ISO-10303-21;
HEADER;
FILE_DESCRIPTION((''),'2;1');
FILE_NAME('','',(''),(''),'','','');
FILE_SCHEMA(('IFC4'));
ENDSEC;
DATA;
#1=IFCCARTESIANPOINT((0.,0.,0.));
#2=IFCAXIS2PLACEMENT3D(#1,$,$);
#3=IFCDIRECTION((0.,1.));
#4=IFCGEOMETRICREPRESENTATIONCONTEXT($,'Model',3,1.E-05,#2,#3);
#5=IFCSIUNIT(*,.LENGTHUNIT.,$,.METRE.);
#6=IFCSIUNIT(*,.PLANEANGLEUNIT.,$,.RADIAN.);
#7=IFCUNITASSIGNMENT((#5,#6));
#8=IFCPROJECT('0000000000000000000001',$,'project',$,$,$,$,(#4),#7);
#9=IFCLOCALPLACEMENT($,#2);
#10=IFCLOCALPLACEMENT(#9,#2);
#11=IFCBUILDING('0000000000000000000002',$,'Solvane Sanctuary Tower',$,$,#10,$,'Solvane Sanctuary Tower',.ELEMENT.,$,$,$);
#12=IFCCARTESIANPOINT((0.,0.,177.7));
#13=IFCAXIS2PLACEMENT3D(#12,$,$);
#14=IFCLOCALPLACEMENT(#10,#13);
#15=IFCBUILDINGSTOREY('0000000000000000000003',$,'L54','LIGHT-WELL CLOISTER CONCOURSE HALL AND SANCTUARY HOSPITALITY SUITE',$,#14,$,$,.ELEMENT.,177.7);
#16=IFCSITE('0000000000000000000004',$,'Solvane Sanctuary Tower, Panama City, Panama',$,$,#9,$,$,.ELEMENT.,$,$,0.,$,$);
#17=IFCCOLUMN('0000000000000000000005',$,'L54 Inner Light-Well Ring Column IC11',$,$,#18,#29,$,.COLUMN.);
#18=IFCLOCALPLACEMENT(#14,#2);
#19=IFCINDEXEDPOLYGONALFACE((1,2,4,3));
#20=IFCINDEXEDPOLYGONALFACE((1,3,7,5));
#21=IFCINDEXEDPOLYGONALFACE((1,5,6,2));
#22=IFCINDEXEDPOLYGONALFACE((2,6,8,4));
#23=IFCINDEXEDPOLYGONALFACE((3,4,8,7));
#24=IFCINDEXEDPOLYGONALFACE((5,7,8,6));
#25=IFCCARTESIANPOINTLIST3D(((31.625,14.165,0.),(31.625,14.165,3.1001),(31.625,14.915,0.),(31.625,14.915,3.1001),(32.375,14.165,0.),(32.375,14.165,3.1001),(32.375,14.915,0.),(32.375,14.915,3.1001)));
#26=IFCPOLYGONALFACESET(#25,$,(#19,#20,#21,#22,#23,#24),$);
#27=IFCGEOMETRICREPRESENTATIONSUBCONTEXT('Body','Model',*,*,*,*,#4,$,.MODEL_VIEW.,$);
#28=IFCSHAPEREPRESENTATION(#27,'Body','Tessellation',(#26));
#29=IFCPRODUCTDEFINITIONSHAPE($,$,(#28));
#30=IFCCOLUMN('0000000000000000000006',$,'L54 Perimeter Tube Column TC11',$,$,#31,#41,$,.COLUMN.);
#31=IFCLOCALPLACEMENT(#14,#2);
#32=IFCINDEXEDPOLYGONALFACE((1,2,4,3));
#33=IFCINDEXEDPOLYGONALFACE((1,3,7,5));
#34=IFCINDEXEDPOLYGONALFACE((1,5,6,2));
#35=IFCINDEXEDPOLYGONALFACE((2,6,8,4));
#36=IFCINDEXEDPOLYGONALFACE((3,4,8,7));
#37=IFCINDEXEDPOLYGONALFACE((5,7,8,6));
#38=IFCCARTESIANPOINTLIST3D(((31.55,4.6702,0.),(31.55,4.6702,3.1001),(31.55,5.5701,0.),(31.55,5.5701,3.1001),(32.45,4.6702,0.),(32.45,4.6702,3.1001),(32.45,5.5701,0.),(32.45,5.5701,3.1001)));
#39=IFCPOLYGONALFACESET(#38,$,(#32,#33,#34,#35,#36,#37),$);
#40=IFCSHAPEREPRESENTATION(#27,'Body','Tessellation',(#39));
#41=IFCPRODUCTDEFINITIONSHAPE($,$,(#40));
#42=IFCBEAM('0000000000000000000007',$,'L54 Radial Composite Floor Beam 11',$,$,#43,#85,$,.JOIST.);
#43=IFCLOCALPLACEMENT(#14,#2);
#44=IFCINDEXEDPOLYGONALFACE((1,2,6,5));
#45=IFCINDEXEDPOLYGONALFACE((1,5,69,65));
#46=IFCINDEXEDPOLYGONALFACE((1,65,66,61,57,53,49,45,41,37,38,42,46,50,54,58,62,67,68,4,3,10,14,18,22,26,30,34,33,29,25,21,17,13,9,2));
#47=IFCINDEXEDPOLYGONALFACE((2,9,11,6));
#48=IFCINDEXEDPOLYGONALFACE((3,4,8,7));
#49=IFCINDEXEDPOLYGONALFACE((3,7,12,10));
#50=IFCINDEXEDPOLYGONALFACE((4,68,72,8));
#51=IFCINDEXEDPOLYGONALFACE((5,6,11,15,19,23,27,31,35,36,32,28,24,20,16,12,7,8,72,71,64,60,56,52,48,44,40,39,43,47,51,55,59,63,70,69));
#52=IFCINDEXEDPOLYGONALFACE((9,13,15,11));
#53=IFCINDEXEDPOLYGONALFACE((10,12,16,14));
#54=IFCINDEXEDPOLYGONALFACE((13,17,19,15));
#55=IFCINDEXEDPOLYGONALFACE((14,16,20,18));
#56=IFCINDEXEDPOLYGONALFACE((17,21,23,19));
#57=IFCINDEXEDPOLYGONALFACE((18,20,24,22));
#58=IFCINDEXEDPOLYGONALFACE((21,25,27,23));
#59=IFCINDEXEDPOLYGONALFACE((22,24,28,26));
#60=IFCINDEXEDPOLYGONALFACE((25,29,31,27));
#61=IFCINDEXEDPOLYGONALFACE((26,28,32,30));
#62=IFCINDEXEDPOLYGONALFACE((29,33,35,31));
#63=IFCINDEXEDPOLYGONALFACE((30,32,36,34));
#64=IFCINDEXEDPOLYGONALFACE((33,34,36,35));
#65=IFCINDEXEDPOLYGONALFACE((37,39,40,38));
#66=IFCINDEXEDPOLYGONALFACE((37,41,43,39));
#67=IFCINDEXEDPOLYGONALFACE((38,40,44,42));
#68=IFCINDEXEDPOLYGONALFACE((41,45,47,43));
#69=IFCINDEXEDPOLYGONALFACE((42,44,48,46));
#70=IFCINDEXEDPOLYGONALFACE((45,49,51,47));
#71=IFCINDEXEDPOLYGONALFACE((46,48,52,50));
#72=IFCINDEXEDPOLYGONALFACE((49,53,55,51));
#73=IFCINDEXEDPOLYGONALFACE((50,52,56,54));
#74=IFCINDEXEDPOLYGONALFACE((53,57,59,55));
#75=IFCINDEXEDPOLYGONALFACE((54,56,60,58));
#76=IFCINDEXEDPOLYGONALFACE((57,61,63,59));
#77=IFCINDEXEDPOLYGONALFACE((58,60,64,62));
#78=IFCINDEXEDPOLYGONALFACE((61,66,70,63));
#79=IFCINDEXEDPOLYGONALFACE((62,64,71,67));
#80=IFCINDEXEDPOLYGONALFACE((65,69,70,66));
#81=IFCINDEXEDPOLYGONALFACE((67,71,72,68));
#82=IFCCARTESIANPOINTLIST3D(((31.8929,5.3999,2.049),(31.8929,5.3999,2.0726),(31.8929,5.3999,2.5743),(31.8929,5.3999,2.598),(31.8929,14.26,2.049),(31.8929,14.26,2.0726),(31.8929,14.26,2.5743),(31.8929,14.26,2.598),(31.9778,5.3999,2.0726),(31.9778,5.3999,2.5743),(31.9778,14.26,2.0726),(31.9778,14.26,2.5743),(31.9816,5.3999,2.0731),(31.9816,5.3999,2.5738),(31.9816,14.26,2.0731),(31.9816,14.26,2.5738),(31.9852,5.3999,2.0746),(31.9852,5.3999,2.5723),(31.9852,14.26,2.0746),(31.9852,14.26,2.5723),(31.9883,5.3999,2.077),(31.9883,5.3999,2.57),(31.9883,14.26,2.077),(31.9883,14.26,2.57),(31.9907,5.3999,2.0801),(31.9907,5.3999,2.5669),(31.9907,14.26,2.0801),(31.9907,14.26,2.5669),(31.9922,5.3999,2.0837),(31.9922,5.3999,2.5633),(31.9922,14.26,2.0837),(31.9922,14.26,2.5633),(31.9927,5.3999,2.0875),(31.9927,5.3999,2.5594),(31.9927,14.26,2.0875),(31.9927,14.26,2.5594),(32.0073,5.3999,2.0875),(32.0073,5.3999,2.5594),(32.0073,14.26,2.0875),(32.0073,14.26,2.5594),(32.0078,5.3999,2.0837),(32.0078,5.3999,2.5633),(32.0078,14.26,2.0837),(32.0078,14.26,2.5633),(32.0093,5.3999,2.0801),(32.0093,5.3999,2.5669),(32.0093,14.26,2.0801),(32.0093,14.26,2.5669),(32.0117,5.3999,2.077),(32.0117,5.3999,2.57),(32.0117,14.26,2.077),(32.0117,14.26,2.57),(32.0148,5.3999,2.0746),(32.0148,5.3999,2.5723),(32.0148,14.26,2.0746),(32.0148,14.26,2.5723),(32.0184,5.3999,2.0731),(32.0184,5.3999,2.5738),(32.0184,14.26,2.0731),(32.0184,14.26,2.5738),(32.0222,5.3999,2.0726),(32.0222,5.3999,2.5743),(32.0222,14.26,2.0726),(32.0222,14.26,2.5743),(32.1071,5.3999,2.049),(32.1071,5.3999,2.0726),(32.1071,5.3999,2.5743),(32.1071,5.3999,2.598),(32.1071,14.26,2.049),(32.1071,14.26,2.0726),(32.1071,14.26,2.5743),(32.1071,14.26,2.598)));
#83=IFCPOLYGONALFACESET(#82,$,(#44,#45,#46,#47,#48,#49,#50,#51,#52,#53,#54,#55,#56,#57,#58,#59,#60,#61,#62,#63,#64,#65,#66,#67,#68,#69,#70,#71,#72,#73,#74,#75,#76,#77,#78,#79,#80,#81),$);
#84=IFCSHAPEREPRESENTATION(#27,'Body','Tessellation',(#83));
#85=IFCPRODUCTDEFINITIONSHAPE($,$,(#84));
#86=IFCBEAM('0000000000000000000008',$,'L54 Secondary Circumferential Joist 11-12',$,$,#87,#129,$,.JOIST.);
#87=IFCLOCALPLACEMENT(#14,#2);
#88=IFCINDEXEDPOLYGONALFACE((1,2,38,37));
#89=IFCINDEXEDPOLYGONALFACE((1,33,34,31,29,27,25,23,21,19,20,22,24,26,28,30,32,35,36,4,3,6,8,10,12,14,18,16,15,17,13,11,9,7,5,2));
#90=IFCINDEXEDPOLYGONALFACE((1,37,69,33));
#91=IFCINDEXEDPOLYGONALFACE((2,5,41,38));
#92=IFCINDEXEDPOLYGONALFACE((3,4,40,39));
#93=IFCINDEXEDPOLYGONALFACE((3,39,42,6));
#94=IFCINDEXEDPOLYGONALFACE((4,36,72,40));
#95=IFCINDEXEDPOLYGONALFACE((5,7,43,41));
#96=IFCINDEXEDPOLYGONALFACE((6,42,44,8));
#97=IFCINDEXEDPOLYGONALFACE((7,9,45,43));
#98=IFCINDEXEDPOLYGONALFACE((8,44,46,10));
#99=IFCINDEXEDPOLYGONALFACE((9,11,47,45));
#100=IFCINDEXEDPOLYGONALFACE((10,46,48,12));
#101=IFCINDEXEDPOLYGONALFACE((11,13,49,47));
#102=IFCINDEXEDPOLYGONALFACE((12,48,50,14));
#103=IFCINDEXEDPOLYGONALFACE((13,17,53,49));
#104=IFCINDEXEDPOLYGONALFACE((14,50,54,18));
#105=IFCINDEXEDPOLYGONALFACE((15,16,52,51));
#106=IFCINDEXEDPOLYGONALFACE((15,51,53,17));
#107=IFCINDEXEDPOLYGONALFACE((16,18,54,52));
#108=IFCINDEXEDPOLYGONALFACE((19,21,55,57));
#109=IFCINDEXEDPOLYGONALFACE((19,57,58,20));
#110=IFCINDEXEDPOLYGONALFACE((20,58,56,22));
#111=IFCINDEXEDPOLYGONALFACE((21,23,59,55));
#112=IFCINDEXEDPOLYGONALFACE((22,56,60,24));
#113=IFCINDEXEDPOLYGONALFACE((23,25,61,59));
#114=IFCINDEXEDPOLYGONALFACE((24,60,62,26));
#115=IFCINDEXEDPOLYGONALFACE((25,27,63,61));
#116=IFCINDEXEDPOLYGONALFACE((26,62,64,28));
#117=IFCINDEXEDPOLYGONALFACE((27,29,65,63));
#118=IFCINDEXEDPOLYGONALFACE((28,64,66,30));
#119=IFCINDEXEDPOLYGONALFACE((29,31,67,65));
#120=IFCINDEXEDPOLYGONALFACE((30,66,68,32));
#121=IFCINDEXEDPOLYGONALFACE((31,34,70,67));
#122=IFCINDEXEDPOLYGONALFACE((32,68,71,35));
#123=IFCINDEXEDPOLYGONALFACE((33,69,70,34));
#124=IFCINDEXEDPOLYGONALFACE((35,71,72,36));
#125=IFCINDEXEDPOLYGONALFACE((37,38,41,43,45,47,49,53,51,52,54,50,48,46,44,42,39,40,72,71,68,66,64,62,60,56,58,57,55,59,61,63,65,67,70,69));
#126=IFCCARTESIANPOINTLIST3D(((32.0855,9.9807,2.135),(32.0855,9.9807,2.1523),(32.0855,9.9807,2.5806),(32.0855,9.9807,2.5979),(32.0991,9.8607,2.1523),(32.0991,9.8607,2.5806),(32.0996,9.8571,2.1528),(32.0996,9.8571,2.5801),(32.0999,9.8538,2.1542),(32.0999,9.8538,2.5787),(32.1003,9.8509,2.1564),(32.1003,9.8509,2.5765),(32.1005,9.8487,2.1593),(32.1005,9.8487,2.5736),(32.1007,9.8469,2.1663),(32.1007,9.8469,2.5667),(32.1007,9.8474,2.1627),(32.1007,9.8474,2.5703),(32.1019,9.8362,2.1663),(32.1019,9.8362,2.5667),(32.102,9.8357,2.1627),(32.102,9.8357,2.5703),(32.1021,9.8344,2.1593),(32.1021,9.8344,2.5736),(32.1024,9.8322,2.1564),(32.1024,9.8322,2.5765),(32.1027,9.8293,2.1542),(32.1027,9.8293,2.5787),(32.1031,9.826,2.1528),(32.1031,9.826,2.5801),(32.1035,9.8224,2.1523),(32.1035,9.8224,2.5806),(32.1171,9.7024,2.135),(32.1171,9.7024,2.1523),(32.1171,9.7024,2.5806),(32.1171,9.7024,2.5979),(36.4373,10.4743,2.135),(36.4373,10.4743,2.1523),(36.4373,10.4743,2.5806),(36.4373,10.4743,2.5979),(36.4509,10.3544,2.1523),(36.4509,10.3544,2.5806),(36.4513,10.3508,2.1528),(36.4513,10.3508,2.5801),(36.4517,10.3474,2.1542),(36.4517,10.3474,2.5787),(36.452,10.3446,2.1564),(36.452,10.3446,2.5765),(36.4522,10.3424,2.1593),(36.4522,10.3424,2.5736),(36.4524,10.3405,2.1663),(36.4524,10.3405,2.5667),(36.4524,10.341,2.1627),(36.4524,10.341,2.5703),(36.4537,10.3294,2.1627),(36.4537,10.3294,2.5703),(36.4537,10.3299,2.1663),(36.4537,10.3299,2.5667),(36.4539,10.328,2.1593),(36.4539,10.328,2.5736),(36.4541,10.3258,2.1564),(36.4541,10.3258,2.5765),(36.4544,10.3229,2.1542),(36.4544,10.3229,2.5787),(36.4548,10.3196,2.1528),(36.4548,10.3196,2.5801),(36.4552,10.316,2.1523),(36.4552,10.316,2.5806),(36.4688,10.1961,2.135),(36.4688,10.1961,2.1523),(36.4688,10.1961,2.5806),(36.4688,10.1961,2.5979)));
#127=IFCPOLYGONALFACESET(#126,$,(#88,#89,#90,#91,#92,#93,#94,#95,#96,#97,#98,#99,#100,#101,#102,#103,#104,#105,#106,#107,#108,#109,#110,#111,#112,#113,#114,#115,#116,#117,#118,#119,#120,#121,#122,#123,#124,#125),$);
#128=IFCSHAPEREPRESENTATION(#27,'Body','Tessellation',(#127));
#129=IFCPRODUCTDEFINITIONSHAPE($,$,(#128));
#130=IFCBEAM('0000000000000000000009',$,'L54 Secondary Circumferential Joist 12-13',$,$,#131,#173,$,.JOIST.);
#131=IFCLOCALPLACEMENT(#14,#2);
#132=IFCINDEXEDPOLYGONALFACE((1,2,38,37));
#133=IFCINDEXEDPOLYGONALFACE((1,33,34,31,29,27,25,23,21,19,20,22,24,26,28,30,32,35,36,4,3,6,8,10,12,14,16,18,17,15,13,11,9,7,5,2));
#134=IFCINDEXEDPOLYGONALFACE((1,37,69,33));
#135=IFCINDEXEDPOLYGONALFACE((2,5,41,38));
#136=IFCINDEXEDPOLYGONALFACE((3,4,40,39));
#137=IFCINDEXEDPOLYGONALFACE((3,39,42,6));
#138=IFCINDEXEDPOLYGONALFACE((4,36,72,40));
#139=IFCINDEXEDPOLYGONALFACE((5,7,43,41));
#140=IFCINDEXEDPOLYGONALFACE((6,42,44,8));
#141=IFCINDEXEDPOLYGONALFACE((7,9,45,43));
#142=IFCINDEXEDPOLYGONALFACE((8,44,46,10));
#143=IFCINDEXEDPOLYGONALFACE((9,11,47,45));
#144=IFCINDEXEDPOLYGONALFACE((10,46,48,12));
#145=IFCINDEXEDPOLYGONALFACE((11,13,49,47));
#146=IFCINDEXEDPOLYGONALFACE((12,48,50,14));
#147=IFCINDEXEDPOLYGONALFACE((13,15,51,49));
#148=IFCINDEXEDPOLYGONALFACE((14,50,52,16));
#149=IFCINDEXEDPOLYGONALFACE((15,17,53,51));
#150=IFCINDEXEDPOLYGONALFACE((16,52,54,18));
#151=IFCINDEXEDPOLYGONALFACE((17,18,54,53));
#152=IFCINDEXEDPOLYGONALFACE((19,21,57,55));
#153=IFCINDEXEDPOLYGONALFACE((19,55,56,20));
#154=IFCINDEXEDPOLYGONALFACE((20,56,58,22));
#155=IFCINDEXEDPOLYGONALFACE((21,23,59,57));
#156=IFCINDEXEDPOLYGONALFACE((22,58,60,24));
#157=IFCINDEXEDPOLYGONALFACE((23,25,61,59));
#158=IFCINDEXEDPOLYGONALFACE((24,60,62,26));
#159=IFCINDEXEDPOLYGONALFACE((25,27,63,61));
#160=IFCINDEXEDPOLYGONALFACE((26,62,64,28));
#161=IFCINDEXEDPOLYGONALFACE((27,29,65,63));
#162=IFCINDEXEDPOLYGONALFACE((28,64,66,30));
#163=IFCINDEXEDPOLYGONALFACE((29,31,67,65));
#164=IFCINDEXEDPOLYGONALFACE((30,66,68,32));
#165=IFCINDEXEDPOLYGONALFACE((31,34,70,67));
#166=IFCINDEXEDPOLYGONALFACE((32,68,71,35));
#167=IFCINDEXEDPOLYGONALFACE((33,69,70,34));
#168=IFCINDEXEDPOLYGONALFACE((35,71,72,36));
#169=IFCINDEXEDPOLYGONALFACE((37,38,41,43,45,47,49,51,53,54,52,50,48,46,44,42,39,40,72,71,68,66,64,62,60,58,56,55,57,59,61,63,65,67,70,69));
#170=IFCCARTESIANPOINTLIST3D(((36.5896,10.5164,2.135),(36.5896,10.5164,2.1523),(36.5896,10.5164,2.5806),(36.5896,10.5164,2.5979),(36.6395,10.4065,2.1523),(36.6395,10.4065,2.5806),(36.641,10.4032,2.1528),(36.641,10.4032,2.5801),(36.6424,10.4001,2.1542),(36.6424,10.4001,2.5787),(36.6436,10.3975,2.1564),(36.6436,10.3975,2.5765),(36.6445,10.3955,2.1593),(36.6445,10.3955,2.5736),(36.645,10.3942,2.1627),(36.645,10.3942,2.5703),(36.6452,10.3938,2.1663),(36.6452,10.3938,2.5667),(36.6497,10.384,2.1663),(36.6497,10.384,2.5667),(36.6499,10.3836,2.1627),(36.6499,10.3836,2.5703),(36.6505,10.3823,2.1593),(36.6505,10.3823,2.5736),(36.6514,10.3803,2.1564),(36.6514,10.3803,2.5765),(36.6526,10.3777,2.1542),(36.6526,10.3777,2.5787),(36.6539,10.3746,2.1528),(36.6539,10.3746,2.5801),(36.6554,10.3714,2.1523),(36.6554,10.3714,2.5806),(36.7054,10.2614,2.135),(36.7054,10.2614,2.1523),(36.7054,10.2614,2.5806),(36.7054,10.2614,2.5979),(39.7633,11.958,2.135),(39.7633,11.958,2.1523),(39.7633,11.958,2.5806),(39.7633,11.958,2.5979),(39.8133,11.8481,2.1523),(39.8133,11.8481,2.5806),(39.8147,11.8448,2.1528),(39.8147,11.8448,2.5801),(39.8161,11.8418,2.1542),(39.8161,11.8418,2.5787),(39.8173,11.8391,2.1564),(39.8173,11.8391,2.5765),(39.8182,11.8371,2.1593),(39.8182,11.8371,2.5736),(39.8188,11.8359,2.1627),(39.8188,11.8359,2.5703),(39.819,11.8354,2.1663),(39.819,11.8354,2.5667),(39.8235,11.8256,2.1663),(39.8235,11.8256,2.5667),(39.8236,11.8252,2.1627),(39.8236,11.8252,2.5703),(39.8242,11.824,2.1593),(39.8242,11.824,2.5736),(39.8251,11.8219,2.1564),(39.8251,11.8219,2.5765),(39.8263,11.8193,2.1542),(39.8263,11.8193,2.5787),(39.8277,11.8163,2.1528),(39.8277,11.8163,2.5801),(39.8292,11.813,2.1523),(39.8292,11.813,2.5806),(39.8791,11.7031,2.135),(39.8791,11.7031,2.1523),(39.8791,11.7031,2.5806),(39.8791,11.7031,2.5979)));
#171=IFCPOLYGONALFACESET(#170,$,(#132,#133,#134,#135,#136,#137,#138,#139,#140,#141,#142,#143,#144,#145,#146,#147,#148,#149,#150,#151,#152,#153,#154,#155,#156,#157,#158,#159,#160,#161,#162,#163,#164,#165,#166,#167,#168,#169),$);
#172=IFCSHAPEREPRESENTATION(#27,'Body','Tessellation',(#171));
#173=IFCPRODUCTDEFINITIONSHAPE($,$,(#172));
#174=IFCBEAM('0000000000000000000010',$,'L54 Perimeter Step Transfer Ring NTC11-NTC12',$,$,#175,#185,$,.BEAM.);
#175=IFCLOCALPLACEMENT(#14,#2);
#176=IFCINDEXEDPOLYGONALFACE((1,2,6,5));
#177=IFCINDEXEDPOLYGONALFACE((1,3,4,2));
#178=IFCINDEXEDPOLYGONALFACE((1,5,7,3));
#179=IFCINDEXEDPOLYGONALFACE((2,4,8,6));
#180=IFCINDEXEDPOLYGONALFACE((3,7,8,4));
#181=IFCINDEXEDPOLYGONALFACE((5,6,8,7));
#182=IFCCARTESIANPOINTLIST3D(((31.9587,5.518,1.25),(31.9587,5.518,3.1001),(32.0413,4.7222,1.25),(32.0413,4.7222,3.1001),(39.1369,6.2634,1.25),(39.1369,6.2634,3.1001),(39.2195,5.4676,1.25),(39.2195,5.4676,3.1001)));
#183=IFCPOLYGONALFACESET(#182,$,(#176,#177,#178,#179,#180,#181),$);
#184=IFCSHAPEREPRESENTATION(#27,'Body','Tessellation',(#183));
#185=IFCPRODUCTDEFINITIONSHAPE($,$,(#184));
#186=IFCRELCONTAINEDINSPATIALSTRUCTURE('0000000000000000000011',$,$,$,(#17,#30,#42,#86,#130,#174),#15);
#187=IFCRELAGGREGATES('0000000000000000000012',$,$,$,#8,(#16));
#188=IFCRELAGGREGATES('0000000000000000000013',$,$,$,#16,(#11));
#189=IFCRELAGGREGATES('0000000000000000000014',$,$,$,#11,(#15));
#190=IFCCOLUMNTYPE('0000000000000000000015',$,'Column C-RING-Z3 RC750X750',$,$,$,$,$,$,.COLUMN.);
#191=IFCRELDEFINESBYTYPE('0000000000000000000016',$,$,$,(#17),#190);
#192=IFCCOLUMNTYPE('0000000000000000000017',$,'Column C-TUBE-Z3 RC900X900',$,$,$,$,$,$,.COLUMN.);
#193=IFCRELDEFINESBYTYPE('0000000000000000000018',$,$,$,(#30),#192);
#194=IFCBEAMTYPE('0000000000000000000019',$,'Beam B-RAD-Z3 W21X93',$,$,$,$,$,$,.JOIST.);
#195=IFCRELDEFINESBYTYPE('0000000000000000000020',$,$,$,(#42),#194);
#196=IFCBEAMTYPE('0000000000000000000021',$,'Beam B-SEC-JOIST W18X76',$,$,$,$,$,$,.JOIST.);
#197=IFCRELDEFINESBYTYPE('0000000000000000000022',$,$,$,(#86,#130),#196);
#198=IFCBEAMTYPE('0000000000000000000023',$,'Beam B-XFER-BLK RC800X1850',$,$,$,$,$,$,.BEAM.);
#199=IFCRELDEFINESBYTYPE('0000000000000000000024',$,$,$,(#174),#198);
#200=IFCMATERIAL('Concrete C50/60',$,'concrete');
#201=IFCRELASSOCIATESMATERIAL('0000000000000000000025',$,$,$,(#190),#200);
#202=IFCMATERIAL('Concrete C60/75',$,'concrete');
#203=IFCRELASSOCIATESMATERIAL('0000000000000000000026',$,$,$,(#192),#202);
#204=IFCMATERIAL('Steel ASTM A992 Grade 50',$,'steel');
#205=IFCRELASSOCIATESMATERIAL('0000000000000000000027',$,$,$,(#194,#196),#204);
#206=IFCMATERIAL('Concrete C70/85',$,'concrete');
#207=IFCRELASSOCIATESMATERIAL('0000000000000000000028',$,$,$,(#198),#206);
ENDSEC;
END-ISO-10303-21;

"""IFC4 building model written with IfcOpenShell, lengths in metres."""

from ifc_helpers import new_model, si_unit, direction, frame, origin, origin_2d, place, context, subcontext, project, spatial, rectangle, i_section, extrude, material, material_profile, profile_set, type_object, element, save


model = new_model("IFC4")

# Units and contexts
model_context = context("Model", 3, precision=1e-05, world=origin(), true_north=direction((0.0, 1.0)))
body_context = subcontext(model_context, "Body", "Model", "MODEL_VIEW")
ifc_project = project(units=[si_unit("LENGTHUNIT", "METRE"), si_unit("PLANEANGLEUNIT", "RADIAN")], contexts=[model_context])

# Site, building, storey
site_placement = place(None, origin())
site = spatial("IfcSite", under=ifc_project, at=site_placement, Name="Solvane Sanctuary Tower, Panama City, Panama", CompositionType="ELEMENT", RefElevation=0.0)
building_placement = place(site_placement, origin())
building = spatial("IfcBuilding", under=site, at=building_placement, Name="Solvane Sanctuary Tower", LongName="Solvane Sanctuary Tower", CompositionType="ELEMENT")
storey_placement = place(building_placement, frame((0.0, 0.0, 177.7)))
storey = spatial("IfcBuildingStorey", under=building, at=storey_placement, Name="L54", Description="LIGHT-WELL CLOISTER CONCOURSE HALL AND SANCTUARY HOSPITALITY SUITE", CompositionType="ELEMENT", Elevation=177.7)

# Columns
ifc_material_1 = material(Name="Concrete C50/60", Category="concrete")
ifc_material_profile_1 = material_profile(ifc_material_1, rectangle(XDim=0.75, YDim=0.75, at=origin_2d()), Name="RC750X750")
ifc_profile_set_1 = profile_set([ifc_material_profile_1], Name="Concrete C50/60")
column_type_1 = type_object("IfcColumnType", Name="Column C-RING-Z3 RC750X750", PredefinedType="COLUMN", material=ifc_profile_set_1)
column_1_placement = place(storey_placement, frame((32.0, 14.54, 0.0), z_axis=(0.0, 0.0, 1.0), x_axis=(1.0, 0.0, 0.0)))
element("IfcColumn", 1, at=column_1_placement, inside=storey, type_object=column_type_1, Name="L54 Inner Light-Well Ring Column IC11", PredefinedType="COLUMN", context=body_context, shape_type="SweptSolid", body=[
    extrude(rectangle(XDim=0.75, YDim=0.75, at=origin_2d()), origin(), (0.0, 0.0, 1.0), 3.1001),
])
ifc_material_2 = material(Name="Concrete C60/75", Category="concrete")
ifc_material_profile_2 = material_profile(ifc_material_2, rectangle(XDim=0.8999, YDim=0.8999, at=origin_2d()), Name="RC900X900")
ifc_profile_set_2 = profile_set([ifc_material_profile_2], Name="Concrete C60/75")
column_type_2 = type_object("IfcColumnType", Name="Column C-TUBE-Z3 RC900X900", PredefinedType="COLUMN", material=ifc_profile_set_2)
column_2_placement = place(storey_placement, frame((32.0, 5.1201, 0.0), z_axis=(0.0, 0.0, 1.0), x_axis=(0.0, -1.0, 0.0)))
element("IfcColumn", 2, at=column_2_placement, inside=storey, type_object=column_type_2, Name="L54 Perimeter Tube Column TC11", PredefinedType="COLUMN", context=body_context, shape_type="SweptSolid", body=[
    extrude(rectangle(XDim=0.8999, YDim=0.8999, at=origin_2d()), origin(), (0.0, 0.0, 1.0), 3.1001),
])

# Beams
ifc_material_3 = material(Name="Steel ASTM A992 Grade 50", Category="steel")
ifc_material_profile_3 = material_profile(ifc_material_3, i_section(OverallWidth=0.2141, OverallDepth=0.5491, WebThickness=0.0146, FlangeThickness=0.0237, FilletRadius=0.0149, at=origin_2d()), Name="W21X93")
ifc_profile_set_3 = profile_set([ifc_material_profile_3], Name="Steel ASTM A992 Grade 50")
beam_type_1 = type_object("IfcBeamType", Name="Beam B-RAD-Z3 W21X93", PredefinedType="JOIST", material=ifc_profile_set_3)
beam_1_placement = place(storey_placement, frame((32.0, 14.26, 2.3235), z_axis=(0.0, -1.0, 0.0), x_axis=(1.0, 0.0, 0.0)))
element("IfcBeam", 3, at=beam_1_placement, inside=storey, type_object=beam_type_1, Name="L54 Radial Composite Floor Beam 11", PredefinedType="JOIST", context=body_context, shape_type="SweptSolid", body=[
    extrude(i_section(OverallWidth=0.2141, OverallDepth=0.5491, WebThickness=0.0146, FlangeThickness=0.0237, FilletRadius=0.0149, at=origin_2d()), origin(), (0.0, 0.0, 1.0), 8.8601),
])
ifc_material_profile_4 = material_profile(ifc_material_3, i_section(OverallWidth=0.28, OverallDepth=0.4629, WebThickness=0.0107, FlangeThickness=0.0173, FilletRadius=0.0139, at=origin_2d()), Name="W18X76")
ifc_profile_set_4 = profile_set([ifc_material_profile_4], Name="Steel ASTM A992 Grade 50")
beam_type_2 = type_object("IfcBeamType", Name="Beam B-SEC-JOIST W18X76", PredefinedType="JOIST", material=ifc_profile_set_4)
beam_2_placement = place(storey_placement, frame((32.1013, 9.8416, 2.3665), z_axis=(0.993628, 0.112713, 0.0), x_axis=(-0.112713, 0.993628, 0.0)))
element("IfcBeam", 4, at=beam_2_placement, inside=storey, type_object=beam_type_2, Name="L54 Secondary Circumferential Joist 11-12", PredefinedType="JOIST", context=body_context, shape_type="SweptSolid", body=[
    extrude(i_section(OverallWidth=0.28, OverallDepth=0.4629, WebThickness=0.0107, FlangeThickness=0.0173, FilletRadius=0.0139, at=origin_2d()), origin(), (0.0, 0.0, 1.0), 4.3796),
])
beam_3_placement = place(storey_placement, frame((36.6475, 10.3889, 2.3665), z_axis=(0.910474, 0.413565, 0.0), x_axis=(-0.413565, 0.910474, 0.0)))
element("IfcBeam", 5, at=beam_3_placement, inside=storey, type_object=beam_type_2, Name="L54 Secondary Circumferential Joist 12-13", PredefinedType="JOIST", context=body_context, shape_type="SweptSolid", body=[
    extrude(i_section(OverallWidth=0.28, OverallDepth=0.4629, WebThickness=0.0107, FlangeThickness=0.0173, FilletRadius=0.0139, at=origin_2d()), origin(), (0.0, 0.0, 1.0), 3.4858),
])
ifc_material_4 = material(Name="Concrete C70/85", Category="concrete")
ifc_material_profile_5 = material_profile(ifc_material_4, rectangle(XDim=0.8, YDim=1.8501, at=origin_2d()), Name="RC800X1850")
ifc_profile_set_5 = profile_set([ifc_material_profile_5], Name="Concrete C70/85")
beam_type_3 = type_object("IfcBeamType", Name="Beam B-XFER-BLK RC800X1850", PredefinedType="BEAM", material=ifc_profile_set_5)
beam_4_placement = place(storey_placement, frame((32.0, 5.1201, 2.175), z_axis=(0.994652, 0.103281, 0.0), x_axis=(-0.103281, 0.994652, 0.0)))
element("IfcBeam", 6, at=beam_4_placement, inside=storey, type_object=beam_type_3, Name="L54 Perimeter Step Transfer Ring NTC11-NTC12", PredefinedType="BEAM", context=body_context, shape_type="SweptSolid", body=[
    extrude(rectangle(XDim=0.8, YDim=1.8501, at=origin_2d()), origin(), (0.0, 0.0, 1.0), 7.2168),
])

save(model, "model.ifc")
